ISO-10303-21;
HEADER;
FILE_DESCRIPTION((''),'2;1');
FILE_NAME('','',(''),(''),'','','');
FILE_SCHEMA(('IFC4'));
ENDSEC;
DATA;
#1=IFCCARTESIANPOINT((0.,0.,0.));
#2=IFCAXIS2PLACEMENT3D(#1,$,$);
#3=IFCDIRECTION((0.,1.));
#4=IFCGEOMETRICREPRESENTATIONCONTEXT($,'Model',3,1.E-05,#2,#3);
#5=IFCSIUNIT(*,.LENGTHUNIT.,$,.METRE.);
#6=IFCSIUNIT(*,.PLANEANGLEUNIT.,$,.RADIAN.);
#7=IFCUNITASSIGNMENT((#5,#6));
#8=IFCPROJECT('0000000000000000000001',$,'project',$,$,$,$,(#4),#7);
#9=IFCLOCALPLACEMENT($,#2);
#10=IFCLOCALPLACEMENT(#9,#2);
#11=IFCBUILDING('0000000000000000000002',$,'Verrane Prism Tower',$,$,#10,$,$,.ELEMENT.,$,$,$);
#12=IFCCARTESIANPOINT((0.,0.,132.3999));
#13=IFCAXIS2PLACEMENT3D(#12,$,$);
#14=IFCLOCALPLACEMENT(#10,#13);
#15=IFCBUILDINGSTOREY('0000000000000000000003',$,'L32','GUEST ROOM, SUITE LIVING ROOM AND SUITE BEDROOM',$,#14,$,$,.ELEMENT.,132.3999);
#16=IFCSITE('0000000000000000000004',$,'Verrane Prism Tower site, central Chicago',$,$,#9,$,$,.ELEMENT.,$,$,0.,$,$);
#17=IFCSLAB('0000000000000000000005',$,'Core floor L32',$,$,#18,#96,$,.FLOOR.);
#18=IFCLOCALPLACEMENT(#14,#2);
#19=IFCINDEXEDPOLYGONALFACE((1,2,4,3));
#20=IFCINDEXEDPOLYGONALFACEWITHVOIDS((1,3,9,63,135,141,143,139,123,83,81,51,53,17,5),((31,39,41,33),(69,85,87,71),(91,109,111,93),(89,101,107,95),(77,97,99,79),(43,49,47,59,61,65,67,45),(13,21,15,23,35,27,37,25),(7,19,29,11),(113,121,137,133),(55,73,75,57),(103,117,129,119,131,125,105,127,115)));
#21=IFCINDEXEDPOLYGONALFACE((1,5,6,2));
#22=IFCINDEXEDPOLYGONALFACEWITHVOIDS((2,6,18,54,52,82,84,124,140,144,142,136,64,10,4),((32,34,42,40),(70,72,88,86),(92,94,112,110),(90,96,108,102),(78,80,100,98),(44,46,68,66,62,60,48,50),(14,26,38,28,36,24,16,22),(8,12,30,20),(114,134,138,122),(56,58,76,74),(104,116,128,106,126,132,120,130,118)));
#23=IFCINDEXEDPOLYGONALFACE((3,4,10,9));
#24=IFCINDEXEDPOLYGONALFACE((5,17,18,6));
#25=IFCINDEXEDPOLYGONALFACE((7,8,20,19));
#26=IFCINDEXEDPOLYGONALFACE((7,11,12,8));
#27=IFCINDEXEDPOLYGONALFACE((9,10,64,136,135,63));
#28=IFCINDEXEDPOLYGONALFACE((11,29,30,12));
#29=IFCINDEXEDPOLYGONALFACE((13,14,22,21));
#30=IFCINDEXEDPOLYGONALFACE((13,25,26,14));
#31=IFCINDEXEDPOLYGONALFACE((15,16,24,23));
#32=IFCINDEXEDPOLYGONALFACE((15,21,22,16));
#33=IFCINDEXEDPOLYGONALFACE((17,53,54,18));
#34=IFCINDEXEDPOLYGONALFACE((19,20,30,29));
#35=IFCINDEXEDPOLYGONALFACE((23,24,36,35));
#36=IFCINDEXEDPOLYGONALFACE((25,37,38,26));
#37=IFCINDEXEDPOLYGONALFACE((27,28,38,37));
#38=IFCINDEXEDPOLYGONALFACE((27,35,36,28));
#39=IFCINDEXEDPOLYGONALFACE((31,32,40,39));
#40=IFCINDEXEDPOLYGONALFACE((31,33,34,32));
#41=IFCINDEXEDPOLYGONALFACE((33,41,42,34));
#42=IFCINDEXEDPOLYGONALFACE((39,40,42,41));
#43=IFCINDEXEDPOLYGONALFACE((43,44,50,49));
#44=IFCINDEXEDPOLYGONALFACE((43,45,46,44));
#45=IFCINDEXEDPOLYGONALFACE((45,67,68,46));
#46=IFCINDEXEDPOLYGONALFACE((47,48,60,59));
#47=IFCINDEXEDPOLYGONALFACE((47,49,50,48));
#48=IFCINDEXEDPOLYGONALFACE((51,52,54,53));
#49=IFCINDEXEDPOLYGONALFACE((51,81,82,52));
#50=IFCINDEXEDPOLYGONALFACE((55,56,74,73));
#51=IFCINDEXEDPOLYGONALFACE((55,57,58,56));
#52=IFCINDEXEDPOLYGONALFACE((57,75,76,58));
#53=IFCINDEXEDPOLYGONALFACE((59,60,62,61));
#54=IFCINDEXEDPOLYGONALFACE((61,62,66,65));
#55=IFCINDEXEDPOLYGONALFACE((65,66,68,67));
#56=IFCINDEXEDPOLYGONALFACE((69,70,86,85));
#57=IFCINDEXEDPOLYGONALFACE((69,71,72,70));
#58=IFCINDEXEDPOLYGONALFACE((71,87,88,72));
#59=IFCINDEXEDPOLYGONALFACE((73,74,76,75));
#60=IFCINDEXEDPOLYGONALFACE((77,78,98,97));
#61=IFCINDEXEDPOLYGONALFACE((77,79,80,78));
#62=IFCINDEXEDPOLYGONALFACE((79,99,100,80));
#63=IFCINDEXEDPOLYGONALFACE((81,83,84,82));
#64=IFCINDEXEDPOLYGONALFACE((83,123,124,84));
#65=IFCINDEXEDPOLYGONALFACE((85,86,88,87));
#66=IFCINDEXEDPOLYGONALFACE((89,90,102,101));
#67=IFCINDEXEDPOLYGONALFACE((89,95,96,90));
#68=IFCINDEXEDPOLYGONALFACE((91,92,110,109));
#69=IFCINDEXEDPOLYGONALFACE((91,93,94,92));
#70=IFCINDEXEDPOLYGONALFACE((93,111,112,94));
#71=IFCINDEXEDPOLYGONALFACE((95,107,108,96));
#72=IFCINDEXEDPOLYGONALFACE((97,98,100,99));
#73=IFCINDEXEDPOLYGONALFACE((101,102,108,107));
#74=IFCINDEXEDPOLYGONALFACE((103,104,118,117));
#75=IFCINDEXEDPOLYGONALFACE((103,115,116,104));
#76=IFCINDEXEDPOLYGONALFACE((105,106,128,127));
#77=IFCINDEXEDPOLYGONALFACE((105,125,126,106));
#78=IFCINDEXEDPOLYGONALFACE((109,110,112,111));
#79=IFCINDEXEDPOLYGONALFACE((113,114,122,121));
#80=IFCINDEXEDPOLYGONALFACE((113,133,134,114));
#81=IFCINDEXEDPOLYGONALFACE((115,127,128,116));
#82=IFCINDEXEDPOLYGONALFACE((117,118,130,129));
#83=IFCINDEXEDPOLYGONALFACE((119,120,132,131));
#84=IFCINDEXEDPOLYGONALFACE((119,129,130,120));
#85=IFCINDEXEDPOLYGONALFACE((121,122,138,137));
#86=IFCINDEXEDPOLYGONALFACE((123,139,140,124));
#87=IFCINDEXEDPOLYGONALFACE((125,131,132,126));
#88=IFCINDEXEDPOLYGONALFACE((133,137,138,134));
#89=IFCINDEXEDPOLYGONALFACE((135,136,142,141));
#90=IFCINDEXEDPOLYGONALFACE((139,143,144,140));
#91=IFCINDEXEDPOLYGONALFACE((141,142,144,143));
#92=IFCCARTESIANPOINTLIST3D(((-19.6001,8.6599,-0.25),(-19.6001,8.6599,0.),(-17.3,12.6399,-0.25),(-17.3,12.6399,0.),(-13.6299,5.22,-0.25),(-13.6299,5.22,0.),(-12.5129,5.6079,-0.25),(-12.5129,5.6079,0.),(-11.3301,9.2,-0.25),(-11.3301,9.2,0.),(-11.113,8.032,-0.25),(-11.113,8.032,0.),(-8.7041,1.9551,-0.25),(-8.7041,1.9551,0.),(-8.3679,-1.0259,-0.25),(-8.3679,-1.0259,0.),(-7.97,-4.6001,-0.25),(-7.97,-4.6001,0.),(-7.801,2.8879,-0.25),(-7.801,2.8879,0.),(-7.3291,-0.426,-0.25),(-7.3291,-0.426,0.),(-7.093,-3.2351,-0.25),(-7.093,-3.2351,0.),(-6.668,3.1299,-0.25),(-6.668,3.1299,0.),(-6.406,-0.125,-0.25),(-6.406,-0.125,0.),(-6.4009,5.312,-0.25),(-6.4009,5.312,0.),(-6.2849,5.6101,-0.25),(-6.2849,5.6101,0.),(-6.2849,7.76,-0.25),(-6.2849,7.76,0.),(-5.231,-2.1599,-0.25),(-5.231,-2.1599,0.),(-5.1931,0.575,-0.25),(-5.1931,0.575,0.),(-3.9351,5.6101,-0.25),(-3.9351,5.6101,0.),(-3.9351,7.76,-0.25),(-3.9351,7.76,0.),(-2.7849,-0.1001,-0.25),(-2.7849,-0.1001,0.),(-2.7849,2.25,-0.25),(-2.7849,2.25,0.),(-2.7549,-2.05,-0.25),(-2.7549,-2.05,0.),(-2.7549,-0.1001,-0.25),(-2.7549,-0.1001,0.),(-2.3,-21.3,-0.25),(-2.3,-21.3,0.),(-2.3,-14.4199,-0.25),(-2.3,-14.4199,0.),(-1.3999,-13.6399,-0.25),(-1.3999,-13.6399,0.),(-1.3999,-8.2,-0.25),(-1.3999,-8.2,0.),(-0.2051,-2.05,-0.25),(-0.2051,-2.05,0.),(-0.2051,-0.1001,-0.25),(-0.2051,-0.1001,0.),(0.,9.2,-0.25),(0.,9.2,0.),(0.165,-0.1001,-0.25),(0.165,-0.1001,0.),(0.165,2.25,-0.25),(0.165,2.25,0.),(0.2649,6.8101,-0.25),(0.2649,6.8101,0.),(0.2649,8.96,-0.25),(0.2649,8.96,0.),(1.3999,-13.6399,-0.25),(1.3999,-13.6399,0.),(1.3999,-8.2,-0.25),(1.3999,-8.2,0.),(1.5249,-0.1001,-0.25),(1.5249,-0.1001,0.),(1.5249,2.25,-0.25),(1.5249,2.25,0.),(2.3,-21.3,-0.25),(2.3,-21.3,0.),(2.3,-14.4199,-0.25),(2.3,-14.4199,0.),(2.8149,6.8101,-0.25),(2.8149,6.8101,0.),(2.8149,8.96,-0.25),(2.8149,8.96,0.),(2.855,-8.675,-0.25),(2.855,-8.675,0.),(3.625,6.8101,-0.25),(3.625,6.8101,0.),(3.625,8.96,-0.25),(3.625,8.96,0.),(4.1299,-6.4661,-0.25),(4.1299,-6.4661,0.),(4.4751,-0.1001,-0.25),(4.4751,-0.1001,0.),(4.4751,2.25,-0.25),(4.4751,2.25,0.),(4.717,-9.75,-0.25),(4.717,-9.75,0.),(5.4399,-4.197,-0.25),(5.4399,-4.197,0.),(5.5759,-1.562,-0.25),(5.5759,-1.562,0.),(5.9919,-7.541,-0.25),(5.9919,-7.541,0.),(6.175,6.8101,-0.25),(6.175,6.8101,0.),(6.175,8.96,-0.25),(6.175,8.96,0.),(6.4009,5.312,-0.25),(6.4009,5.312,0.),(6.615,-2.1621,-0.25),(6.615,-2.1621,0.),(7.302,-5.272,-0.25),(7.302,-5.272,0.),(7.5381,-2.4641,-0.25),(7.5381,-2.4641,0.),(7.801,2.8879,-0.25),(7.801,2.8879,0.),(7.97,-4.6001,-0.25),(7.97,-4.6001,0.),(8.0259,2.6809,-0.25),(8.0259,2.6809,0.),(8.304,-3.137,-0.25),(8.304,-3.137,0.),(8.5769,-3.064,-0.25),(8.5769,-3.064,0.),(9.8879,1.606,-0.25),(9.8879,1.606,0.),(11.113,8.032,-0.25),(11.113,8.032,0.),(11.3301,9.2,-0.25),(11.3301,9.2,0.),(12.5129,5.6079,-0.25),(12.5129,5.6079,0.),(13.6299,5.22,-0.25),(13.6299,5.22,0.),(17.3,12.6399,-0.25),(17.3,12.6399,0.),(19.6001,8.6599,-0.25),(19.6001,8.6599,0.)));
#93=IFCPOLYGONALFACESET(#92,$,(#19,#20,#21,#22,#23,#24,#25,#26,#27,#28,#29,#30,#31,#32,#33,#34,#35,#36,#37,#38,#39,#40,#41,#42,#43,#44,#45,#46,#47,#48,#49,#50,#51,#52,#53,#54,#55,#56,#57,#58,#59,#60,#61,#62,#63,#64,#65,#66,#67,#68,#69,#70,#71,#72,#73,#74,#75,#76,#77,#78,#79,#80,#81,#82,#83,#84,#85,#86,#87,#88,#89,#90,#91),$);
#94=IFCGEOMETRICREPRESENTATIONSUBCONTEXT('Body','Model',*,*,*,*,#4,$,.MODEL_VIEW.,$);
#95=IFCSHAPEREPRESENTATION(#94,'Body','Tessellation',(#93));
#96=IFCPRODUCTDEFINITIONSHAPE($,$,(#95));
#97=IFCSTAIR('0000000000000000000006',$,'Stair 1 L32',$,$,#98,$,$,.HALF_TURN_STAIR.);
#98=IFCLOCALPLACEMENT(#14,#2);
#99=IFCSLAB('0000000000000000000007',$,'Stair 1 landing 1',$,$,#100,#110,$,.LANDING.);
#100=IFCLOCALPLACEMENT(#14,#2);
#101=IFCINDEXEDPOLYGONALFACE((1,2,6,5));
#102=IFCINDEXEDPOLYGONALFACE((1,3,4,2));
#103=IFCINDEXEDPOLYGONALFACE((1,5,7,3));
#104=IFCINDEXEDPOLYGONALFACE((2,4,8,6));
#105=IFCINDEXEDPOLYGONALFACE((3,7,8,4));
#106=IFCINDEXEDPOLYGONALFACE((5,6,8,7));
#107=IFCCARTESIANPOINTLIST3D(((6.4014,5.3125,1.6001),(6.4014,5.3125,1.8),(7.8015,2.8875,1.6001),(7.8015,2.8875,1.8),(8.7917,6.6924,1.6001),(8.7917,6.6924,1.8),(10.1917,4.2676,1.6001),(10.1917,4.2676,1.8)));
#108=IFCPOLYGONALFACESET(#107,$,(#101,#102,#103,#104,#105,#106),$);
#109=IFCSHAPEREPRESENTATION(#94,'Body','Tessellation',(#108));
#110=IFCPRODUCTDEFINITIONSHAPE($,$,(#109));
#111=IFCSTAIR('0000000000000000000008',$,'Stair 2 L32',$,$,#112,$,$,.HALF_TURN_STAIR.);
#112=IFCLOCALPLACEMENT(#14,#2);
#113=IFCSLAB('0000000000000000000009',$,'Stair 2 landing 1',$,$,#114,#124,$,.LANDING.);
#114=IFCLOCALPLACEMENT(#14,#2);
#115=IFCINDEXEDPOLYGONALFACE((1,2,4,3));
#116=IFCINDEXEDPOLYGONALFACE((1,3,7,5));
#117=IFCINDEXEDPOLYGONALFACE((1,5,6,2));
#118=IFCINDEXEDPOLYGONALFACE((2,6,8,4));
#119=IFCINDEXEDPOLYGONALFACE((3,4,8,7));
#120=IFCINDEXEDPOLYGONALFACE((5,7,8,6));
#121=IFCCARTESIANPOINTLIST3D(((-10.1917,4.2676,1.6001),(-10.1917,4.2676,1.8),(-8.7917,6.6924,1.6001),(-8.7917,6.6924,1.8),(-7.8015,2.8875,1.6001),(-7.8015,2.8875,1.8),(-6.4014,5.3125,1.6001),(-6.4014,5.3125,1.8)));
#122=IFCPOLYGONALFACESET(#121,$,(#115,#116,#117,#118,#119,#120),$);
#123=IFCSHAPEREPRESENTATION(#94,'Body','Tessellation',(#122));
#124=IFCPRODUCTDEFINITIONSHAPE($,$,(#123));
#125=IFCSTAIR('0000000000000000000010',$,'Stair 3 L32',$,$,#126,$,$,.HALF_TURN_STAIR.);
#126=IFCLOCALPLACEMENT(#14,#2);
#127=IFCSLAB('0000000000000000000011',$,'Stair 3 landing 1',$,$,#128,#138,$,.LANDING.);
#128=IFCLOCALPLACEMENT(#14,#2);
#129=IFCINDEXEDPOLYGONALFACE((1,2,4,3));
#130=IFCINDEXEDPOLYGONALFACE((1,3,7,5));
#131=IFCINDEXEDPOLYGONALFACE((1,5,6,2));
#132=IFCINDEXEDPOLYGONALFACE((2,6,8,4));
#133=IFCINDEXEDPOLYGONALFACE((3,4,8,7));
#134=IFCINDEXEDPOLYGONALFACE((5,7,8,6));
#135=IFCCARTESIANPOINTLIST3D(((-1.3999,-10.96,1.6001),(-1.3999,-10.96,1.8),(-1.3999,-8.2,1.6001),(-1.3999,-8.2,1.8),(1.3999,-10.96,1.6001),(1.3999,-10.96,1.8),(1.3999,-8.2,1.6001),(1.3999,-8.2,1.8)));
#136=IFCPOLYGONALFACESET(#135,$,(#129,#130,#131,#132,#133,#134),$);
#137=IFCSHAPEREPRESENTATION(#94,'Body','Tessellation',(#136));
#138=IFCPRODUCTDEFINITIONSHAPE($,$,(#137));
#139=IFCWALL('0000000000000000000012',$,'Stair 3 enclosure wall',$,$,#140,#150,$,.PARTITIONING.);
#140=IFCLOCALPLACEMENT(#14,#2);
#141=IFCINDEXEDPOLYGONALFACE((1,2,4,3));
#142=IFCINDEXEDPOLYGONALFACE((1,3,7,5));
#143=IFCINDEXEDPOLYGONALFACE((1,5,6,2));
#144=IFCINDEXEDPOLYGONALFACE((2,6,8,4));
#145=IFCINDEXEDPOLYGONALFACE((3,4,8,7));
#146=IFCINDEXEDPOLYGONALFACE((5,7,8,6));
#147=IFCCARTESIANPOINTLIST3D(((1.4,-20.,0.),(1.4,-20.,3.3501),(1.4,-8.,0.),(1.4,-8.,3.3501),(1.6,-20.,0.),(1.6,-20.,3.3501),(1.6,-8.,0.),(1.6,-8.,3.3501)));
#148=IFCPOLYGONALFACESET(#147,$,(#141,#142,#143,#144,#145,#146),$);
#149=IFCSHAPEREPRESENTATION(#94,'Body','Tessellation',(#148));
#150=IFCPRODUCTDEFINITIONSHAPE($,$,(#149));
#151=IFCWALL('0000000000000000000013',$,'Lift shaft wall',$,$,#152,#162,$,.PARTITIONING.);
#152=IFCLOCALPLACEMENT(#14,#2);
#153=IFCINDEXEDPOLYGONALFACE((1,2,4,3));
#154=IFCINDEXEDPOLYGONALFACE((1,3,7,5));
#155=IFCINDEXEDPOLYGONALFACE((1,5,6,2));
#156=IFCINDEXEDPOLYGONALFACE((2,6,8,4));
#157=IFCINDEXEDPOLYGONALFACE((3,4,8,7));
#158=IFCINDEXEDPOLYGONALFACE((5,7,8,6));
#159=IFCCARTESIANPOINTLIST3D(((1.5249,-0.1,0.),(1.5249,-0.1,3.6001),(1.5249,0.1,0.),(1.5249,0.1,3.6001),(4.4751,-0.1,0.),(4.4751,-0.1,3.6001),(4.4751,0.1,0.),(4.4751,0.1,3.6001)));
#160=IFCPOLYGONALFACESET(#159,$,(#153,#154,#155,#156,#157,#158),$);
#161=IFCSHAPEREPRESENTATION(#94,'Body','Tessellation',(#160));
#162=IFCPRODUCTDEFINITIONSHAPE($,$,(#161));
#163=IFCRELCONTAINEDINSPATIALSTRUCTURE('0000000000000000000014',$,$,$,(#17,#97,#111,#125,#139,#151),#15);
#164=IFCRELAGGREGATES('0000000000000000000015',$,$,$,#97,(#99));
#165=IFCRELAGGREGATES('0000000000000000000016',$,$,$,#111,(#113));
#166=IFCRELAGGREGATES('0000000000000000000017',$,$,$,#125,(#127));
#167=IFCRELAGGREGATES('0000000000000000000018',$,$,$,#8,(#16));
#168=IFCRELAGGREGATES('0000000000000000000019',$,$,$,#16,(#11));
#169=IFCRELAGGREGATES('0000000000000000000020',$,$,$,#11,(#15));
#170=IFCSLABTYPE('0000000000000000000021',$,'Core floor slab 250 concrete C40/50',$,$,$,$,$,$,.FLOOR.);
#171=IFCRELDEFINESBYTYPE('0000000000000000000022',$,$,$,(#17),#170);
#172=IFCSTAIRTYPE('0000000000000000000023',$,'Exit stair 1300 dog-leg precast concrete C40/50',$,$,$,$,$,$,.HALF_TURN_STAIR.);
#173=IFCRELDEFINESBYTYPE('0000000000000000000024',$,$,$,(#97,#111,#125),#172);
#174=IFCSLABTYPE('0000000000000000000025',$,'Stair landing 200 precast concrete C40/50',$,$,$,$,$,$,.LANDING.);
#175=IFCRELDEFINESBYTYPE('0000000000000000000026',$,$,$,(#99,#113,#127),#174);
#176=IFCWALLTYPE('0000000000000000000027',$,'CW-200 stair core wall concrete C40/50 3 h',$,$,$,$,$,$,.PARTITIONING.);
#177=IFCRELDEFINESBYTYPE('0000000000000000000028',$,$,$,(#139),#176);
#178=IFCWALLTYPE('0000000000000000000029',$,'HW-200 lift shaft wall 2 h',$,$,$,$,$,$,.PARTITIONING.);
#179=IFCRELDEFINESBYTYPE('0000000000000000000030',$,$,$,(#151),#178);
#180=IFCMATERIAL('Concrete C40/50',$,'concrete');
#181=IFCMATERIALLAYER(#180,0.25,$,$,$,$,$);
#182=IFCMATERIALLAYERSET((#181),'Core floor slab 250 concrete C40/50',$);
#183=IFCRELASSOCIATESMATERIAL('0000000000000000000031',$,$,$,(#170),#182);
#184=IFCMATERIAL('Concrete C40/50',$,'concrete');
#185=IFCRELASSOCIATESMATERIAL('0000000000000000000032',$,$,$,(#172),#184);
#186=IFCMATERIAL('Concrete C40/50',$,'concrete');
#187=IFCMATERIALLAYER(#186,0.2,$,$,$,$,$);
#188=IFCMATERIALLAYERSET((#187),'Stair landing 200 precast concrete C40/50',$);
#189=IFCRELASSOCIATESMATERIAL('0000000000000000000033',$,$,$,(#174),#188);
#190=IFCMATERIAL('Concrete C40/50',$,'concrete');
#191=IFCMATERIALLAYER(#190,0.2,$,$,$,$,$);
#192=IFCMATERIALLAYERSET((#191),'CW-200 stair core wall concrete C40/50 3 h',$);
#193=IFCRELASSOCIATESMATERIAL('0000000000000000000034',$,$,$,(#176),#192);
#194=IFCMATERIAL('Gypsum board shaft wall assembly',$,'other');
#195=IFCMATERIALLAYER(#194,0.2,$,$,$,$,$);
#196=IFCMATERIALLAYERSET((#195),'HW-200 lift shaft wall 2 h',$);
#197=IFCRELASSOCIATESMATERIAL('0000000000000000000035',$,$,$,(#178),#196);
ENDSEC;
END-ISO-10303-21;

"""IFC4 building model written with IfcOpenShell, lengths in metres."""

from ifc_helpers import new_model, si_unit, direction, frame, frame_2d, origin, place, context, subcontext, project, spatial, polyline, rectangle, outline, extrude, material, layer, layer_set, type_object, element, aggregate, save


model = new_model("IFC4")

# Units and contexts
model_context = context("Model", 3, precision=1e-05, world=origin(), true_north=direction((0.0, 1.0)))
body_context = subcontext(model_context, "Body", "Model", "MODEL_VIEW")
ifc_project = project(units=[si_unit("LENGTHUNIT", "METRE"), si_unit("PLANEANGLEUNIT", "RADIAN")], contexts=[model_context])

# Site, building, storey
site_placement = place(None, origin())
site = spatial("IfcSite", under=ifc_project, at=site_placement, Name="Verrane Prism Tower site, central Chicago", CompositionType="ELEMENT", RefElevation=0.0)
building_placement = place(site_placement, origin())
building = spatial("IfcBuilding", under=site, at=building_placement, Name="Verrane Prism Tower", CompositionType="ELEMENT")
storey_placement = place(building_placement, frame((0.0, 0.0, 132.3999)))
storey = spatial("IfcBuildingStorey", under=building, at=storey_placement, Name="L32", Description="GUEST ROOM, SUITE LIVING ROOM AND SUITE BEDROOM", CompositionType="ELEMENT", Elevation=132.3999)

# Slab
ifc_material_1 = material(Name="Concrete C40/50", Category="concrete")
ifc_layer_1 = layer(ifc_material_1, 0.25)
ifc_layer_set_1 = layer_set([ifc_layer_1], Name="Core floor slab 250 concrete C40/50")
slab_type_1 = type_object("IfcSlabType", Name="Core floor slab 250 concrete C40/50", PredefinedType="FLOOR", material=ifc_layer_set_1)
slab_1_placement = place(storey_placement, frame((0.0, 0.0, -0.25)))
element("IfcSlab", 1, at=slab_1_placement, inside=storey, type_object=slab_type_1, Name="Core floor L32", PredefinedType="FLOOR", context=body_context, shape_type="SweptSolid", body=[
    extrude(outline(polyline([(13.6299, 5.22), (19.6001, 8.6599), (17.3, 12.6399), (11.3301, 9.2), (0.0, 9.2), (-11.3301, 9.2), (-17.3, 12.6399), (-19.6001, 8.6599), (-13.6299, 5.22), (-7.97, -4.6001), (-2.3, -14.4199), (-2.3, -21.3), (2.3, -21.3), (2.3, -14.4199), (7.97, -4.6001), (13.6299, 5.22)]), holes=[polyline([(1.3999, -8.2), (1.3999, -13.6399), (-1.3999, -13.6399), (-1.3999, -8.2), (1.3999, -8.2)]), polyline([(0.165, 2.25), (0.165, -0.1001), (-0.2051, -0.1001), (-0.2051, -2.05), (-2.7549, -2.05), (-2.7549, -0.1001), (-2.7849, -0.1001), (-2.7849, 2.25), (0.165, 2.25)]), polyline([(-7.801, 2.8879), (-12.5129, 5.6079), (-11.113, 8.032), (-6.4009, 5.312), (-7.801, 2.8879)]), polyline([(-6.2849, 5.6101), (-6.2849, 7.76), (-3.9351, 7.76), (-3.9351, 5.6101), (-6.2849, 5.6101)]), polyline([(2.8149, 6.8101), (0.2649, 6.8101), (0.2649, 8.96), (2.8149, 8.96), (2.8149, 6.8101)]), polyline([(4.717, -9.75), (2.855, -8.675), (4.1299, -6.4661), (5.9919, -7.541), (4.717, -9.75)]), polyline([(8.304, -3.137), (5.5759, -1.562), (8.0259, 2.6809), (9.8879, 1.606), (7.5381, -2.4641), (8.5769, -3.064), (7.302, -5.272), (5.4399, -4.197), (6.615, -2.1621), (8.304, -3.137)]), polyline([(1.5249, -0.1001), (1.5249, 2.25), (4.4751, 2.25), (4.4751, -0.1001), (1.5249, -0.1001)]), polyline([(11.113, 8.032), (12.5129, 5.6079), (7.801, 2.8879), (6.4009, 5.312), (11.113, 8.032)]), polyline([(3.625, 6.8101), (3.625, 8.96), (6.175, 8.96), (6.175, 6.8101), (3.625, 6.8101)]), polyline([(-5.231, -2.1599), (-7.093, -3.2351), (-8.3679, -1.0259), (-7.3291, -0.426), (-8.7041, 1.9551), (-6.668, 3.1299), (-5.1931, 0.575), (-6.406, -0.125), (-5.231, -2.1599)])]), origin(), (0.0, 0.0, 1.0), 0.25),
])

# Stairs, slabs
ifc_material_2 = material(Name="Concrete C40/50", Category="concrete")
stair_type = type_object("IfcStairType", Name="Exit stair 1300 dog-leg precast concrete C40/50", PredefinedType="HALF_TURN_STAIR", material=ifc_material_2)
stair_1_placement = place(storey_placement, origin())
stair_1 = element("IfcStair", 2, at=stair_1_placement, inside=storey, type_object=stair_type, Name="Stair 1 L32", PredefinedType="HALF_TURN_STAIR")
ifc_material_3 = material(Name="Concrete C40/50", Category="concrete")
ifc_layer_2 = layer(ifc_material_3, 0.2)
ifc_layer_set_2 = layer_set([ifc_layer_2], Name="Stair landing 200 precast concrete C40/50")
slab_type_2 = type_object("IfcSlabType", Name="Stair landing 200 precast concrete C40/50", PredefinedType="LANDING", material=ifc_layer_set_2)
slab_2_placement = place(storey_placement, frame((0.0, 0.0, 1.6001)))
slab_2 = element("IfcSlab", 3, at=slab_2_placement, type_object=slab_type_2, Name="Stair 1 landing 1", PredefinedType="LANDING", context=body_context, shape_type="SweptSolid", body=[
    extrude(outline(polyline([(8.7917, 6.6924), (6.4014, 5.3125), (7.8015, 2.8875), (10.1917, 4.2676), (8.7917, 6.6924)])), origin(), (0.0, 0.0, 1.0), 0.2),
])
aggregate(stair_1, [slab_2])
stair_2_placement = place(storey_placement, origin())
stair_2 = element("IfcStair", 4, at=stair_2_placement, inside=storey, type_object=stair_type, Name="Stair 2 L32", PredefinedType="HALF_TURN_STAIR")
slab_3_placement = place(storey_placement, frame((0.0, 0.0, 1.6001)))
slab_3 = element("IfcSlab", 5, at=slab_3_placement, type_object=slab_type_2, Name="Stair 2 landing 1", PredefinedType="LANDING", context=body_context, shape_type="SweptSolid", body=[
    extrude(outline(polyline([(-10.1917, 4.2676), (-7.8015, 2.8875), (-6.4014, 5.3125), (-8.7917, 6.6924), (-10.1917, 4.2676)])), origin(), (0.0, 0.0, 1.0), 0.2),
])
aggregate(stair_2, [slab_3])
stair_3_placement = place(storey_placement, origin())
stair_3 = element("IfcStair", 6, at=stair_3_placement, inside=storey, type_object=stair_type, Name="Stair 3 L32", PredefinedType="HALF_TURN_STAIR")
slab_4_placement = place(storey_placement, frame((0.0, 0.0, 1.6001)))
slab_4 = element("IfcSlab", 7, at=slab_4_placement, type_object=slab_type_2, Name="Stair 3 landing 1", PredefinedType="LANDING", context=body_context, shape_type="SweptSolid", body=[
    extrude(outline(polyline([(1.3999, -10.96), (1.3999, -8.2), (-1.3999, -8.2), (-1.3999, -10.96), (1.3999, -10.96)])), origin(), (0.0, 0.0, 1.0), 0.2),
])
aggregate(stair_3, [slab_4])

# Walls
ifc_material_4 = material(Name="Concrete C40/50", Category="concrete")
ifc_layer_3 = layer(ifc_material_4, 0.2)
ifc_layer_set_3 = layer_set([ifc_layer_3], Name="CW-200 stair core wall concrete C40/50 3 h")
wall_type_1 = type_object("IfcWallType", Name="CW-200 stair core wall concrete C40/50 3 h", PredefinedType="PARTITIONING", material=ifc_layer_set_3)
wall_1_placement = place(storey_placement, frame((1.5, -8.0, 0.0), z_axis=(0.0, 0.0, 1.0), x_axis=(0.0, -1.0, 0.0)))
element("IfcWall", 8, at=wall_1_placement, inside=storey, type_object=wall_type_1, Name="Stair 3 enclosure wall", PredefinedType="PARTITIONING", context=body_context, shape_type="SweptSolid", body=[
    extrude(rectangle(XDim=12.0, YDim=0.2, at=frame_2d((6.0, 0.0))), origin(), (0.0, 0.0, 1.0), 3.3501),
])
ifc_material_5 = material(Name="Gypsum board shaft wall assembly", Category="other")
ifc_layer_4 = layer(ifc_material_5, 0.2)
ifc_layer_set_4 = layer_set([ifc_layer_4], Name="HW-200 lift shaft wall 2 h")
wall_type_2 = type_object("IfcWallType", Name="HW-200 lift shaft wall 2 h", PredefinedType="PARTITIONING", material=ifc_layer_set_4)
wall_2_placement = place(storey_placement, frame((1.5249, 0.0, 0.0), z_axis=(0.0, 0.0, 1.0), x_axis=(1.0, 0.0, 0.0)))
element("IfcWall", 9, at=wall_2_placement, inside=storey, type_object=wall_type_2, Name="Lift shaft wall", PredefinedType="PARTITIONING", context=body_context, shape_type="SweptSolid", body=[
    extrude(rectangle(XDim=2.9502, YDim=0.2, at=frame_2d((1.4751, 0.0))), origin(), (0.0, 0.0, 1.0), 3.6001),
])

save(model, "model.ifc")
